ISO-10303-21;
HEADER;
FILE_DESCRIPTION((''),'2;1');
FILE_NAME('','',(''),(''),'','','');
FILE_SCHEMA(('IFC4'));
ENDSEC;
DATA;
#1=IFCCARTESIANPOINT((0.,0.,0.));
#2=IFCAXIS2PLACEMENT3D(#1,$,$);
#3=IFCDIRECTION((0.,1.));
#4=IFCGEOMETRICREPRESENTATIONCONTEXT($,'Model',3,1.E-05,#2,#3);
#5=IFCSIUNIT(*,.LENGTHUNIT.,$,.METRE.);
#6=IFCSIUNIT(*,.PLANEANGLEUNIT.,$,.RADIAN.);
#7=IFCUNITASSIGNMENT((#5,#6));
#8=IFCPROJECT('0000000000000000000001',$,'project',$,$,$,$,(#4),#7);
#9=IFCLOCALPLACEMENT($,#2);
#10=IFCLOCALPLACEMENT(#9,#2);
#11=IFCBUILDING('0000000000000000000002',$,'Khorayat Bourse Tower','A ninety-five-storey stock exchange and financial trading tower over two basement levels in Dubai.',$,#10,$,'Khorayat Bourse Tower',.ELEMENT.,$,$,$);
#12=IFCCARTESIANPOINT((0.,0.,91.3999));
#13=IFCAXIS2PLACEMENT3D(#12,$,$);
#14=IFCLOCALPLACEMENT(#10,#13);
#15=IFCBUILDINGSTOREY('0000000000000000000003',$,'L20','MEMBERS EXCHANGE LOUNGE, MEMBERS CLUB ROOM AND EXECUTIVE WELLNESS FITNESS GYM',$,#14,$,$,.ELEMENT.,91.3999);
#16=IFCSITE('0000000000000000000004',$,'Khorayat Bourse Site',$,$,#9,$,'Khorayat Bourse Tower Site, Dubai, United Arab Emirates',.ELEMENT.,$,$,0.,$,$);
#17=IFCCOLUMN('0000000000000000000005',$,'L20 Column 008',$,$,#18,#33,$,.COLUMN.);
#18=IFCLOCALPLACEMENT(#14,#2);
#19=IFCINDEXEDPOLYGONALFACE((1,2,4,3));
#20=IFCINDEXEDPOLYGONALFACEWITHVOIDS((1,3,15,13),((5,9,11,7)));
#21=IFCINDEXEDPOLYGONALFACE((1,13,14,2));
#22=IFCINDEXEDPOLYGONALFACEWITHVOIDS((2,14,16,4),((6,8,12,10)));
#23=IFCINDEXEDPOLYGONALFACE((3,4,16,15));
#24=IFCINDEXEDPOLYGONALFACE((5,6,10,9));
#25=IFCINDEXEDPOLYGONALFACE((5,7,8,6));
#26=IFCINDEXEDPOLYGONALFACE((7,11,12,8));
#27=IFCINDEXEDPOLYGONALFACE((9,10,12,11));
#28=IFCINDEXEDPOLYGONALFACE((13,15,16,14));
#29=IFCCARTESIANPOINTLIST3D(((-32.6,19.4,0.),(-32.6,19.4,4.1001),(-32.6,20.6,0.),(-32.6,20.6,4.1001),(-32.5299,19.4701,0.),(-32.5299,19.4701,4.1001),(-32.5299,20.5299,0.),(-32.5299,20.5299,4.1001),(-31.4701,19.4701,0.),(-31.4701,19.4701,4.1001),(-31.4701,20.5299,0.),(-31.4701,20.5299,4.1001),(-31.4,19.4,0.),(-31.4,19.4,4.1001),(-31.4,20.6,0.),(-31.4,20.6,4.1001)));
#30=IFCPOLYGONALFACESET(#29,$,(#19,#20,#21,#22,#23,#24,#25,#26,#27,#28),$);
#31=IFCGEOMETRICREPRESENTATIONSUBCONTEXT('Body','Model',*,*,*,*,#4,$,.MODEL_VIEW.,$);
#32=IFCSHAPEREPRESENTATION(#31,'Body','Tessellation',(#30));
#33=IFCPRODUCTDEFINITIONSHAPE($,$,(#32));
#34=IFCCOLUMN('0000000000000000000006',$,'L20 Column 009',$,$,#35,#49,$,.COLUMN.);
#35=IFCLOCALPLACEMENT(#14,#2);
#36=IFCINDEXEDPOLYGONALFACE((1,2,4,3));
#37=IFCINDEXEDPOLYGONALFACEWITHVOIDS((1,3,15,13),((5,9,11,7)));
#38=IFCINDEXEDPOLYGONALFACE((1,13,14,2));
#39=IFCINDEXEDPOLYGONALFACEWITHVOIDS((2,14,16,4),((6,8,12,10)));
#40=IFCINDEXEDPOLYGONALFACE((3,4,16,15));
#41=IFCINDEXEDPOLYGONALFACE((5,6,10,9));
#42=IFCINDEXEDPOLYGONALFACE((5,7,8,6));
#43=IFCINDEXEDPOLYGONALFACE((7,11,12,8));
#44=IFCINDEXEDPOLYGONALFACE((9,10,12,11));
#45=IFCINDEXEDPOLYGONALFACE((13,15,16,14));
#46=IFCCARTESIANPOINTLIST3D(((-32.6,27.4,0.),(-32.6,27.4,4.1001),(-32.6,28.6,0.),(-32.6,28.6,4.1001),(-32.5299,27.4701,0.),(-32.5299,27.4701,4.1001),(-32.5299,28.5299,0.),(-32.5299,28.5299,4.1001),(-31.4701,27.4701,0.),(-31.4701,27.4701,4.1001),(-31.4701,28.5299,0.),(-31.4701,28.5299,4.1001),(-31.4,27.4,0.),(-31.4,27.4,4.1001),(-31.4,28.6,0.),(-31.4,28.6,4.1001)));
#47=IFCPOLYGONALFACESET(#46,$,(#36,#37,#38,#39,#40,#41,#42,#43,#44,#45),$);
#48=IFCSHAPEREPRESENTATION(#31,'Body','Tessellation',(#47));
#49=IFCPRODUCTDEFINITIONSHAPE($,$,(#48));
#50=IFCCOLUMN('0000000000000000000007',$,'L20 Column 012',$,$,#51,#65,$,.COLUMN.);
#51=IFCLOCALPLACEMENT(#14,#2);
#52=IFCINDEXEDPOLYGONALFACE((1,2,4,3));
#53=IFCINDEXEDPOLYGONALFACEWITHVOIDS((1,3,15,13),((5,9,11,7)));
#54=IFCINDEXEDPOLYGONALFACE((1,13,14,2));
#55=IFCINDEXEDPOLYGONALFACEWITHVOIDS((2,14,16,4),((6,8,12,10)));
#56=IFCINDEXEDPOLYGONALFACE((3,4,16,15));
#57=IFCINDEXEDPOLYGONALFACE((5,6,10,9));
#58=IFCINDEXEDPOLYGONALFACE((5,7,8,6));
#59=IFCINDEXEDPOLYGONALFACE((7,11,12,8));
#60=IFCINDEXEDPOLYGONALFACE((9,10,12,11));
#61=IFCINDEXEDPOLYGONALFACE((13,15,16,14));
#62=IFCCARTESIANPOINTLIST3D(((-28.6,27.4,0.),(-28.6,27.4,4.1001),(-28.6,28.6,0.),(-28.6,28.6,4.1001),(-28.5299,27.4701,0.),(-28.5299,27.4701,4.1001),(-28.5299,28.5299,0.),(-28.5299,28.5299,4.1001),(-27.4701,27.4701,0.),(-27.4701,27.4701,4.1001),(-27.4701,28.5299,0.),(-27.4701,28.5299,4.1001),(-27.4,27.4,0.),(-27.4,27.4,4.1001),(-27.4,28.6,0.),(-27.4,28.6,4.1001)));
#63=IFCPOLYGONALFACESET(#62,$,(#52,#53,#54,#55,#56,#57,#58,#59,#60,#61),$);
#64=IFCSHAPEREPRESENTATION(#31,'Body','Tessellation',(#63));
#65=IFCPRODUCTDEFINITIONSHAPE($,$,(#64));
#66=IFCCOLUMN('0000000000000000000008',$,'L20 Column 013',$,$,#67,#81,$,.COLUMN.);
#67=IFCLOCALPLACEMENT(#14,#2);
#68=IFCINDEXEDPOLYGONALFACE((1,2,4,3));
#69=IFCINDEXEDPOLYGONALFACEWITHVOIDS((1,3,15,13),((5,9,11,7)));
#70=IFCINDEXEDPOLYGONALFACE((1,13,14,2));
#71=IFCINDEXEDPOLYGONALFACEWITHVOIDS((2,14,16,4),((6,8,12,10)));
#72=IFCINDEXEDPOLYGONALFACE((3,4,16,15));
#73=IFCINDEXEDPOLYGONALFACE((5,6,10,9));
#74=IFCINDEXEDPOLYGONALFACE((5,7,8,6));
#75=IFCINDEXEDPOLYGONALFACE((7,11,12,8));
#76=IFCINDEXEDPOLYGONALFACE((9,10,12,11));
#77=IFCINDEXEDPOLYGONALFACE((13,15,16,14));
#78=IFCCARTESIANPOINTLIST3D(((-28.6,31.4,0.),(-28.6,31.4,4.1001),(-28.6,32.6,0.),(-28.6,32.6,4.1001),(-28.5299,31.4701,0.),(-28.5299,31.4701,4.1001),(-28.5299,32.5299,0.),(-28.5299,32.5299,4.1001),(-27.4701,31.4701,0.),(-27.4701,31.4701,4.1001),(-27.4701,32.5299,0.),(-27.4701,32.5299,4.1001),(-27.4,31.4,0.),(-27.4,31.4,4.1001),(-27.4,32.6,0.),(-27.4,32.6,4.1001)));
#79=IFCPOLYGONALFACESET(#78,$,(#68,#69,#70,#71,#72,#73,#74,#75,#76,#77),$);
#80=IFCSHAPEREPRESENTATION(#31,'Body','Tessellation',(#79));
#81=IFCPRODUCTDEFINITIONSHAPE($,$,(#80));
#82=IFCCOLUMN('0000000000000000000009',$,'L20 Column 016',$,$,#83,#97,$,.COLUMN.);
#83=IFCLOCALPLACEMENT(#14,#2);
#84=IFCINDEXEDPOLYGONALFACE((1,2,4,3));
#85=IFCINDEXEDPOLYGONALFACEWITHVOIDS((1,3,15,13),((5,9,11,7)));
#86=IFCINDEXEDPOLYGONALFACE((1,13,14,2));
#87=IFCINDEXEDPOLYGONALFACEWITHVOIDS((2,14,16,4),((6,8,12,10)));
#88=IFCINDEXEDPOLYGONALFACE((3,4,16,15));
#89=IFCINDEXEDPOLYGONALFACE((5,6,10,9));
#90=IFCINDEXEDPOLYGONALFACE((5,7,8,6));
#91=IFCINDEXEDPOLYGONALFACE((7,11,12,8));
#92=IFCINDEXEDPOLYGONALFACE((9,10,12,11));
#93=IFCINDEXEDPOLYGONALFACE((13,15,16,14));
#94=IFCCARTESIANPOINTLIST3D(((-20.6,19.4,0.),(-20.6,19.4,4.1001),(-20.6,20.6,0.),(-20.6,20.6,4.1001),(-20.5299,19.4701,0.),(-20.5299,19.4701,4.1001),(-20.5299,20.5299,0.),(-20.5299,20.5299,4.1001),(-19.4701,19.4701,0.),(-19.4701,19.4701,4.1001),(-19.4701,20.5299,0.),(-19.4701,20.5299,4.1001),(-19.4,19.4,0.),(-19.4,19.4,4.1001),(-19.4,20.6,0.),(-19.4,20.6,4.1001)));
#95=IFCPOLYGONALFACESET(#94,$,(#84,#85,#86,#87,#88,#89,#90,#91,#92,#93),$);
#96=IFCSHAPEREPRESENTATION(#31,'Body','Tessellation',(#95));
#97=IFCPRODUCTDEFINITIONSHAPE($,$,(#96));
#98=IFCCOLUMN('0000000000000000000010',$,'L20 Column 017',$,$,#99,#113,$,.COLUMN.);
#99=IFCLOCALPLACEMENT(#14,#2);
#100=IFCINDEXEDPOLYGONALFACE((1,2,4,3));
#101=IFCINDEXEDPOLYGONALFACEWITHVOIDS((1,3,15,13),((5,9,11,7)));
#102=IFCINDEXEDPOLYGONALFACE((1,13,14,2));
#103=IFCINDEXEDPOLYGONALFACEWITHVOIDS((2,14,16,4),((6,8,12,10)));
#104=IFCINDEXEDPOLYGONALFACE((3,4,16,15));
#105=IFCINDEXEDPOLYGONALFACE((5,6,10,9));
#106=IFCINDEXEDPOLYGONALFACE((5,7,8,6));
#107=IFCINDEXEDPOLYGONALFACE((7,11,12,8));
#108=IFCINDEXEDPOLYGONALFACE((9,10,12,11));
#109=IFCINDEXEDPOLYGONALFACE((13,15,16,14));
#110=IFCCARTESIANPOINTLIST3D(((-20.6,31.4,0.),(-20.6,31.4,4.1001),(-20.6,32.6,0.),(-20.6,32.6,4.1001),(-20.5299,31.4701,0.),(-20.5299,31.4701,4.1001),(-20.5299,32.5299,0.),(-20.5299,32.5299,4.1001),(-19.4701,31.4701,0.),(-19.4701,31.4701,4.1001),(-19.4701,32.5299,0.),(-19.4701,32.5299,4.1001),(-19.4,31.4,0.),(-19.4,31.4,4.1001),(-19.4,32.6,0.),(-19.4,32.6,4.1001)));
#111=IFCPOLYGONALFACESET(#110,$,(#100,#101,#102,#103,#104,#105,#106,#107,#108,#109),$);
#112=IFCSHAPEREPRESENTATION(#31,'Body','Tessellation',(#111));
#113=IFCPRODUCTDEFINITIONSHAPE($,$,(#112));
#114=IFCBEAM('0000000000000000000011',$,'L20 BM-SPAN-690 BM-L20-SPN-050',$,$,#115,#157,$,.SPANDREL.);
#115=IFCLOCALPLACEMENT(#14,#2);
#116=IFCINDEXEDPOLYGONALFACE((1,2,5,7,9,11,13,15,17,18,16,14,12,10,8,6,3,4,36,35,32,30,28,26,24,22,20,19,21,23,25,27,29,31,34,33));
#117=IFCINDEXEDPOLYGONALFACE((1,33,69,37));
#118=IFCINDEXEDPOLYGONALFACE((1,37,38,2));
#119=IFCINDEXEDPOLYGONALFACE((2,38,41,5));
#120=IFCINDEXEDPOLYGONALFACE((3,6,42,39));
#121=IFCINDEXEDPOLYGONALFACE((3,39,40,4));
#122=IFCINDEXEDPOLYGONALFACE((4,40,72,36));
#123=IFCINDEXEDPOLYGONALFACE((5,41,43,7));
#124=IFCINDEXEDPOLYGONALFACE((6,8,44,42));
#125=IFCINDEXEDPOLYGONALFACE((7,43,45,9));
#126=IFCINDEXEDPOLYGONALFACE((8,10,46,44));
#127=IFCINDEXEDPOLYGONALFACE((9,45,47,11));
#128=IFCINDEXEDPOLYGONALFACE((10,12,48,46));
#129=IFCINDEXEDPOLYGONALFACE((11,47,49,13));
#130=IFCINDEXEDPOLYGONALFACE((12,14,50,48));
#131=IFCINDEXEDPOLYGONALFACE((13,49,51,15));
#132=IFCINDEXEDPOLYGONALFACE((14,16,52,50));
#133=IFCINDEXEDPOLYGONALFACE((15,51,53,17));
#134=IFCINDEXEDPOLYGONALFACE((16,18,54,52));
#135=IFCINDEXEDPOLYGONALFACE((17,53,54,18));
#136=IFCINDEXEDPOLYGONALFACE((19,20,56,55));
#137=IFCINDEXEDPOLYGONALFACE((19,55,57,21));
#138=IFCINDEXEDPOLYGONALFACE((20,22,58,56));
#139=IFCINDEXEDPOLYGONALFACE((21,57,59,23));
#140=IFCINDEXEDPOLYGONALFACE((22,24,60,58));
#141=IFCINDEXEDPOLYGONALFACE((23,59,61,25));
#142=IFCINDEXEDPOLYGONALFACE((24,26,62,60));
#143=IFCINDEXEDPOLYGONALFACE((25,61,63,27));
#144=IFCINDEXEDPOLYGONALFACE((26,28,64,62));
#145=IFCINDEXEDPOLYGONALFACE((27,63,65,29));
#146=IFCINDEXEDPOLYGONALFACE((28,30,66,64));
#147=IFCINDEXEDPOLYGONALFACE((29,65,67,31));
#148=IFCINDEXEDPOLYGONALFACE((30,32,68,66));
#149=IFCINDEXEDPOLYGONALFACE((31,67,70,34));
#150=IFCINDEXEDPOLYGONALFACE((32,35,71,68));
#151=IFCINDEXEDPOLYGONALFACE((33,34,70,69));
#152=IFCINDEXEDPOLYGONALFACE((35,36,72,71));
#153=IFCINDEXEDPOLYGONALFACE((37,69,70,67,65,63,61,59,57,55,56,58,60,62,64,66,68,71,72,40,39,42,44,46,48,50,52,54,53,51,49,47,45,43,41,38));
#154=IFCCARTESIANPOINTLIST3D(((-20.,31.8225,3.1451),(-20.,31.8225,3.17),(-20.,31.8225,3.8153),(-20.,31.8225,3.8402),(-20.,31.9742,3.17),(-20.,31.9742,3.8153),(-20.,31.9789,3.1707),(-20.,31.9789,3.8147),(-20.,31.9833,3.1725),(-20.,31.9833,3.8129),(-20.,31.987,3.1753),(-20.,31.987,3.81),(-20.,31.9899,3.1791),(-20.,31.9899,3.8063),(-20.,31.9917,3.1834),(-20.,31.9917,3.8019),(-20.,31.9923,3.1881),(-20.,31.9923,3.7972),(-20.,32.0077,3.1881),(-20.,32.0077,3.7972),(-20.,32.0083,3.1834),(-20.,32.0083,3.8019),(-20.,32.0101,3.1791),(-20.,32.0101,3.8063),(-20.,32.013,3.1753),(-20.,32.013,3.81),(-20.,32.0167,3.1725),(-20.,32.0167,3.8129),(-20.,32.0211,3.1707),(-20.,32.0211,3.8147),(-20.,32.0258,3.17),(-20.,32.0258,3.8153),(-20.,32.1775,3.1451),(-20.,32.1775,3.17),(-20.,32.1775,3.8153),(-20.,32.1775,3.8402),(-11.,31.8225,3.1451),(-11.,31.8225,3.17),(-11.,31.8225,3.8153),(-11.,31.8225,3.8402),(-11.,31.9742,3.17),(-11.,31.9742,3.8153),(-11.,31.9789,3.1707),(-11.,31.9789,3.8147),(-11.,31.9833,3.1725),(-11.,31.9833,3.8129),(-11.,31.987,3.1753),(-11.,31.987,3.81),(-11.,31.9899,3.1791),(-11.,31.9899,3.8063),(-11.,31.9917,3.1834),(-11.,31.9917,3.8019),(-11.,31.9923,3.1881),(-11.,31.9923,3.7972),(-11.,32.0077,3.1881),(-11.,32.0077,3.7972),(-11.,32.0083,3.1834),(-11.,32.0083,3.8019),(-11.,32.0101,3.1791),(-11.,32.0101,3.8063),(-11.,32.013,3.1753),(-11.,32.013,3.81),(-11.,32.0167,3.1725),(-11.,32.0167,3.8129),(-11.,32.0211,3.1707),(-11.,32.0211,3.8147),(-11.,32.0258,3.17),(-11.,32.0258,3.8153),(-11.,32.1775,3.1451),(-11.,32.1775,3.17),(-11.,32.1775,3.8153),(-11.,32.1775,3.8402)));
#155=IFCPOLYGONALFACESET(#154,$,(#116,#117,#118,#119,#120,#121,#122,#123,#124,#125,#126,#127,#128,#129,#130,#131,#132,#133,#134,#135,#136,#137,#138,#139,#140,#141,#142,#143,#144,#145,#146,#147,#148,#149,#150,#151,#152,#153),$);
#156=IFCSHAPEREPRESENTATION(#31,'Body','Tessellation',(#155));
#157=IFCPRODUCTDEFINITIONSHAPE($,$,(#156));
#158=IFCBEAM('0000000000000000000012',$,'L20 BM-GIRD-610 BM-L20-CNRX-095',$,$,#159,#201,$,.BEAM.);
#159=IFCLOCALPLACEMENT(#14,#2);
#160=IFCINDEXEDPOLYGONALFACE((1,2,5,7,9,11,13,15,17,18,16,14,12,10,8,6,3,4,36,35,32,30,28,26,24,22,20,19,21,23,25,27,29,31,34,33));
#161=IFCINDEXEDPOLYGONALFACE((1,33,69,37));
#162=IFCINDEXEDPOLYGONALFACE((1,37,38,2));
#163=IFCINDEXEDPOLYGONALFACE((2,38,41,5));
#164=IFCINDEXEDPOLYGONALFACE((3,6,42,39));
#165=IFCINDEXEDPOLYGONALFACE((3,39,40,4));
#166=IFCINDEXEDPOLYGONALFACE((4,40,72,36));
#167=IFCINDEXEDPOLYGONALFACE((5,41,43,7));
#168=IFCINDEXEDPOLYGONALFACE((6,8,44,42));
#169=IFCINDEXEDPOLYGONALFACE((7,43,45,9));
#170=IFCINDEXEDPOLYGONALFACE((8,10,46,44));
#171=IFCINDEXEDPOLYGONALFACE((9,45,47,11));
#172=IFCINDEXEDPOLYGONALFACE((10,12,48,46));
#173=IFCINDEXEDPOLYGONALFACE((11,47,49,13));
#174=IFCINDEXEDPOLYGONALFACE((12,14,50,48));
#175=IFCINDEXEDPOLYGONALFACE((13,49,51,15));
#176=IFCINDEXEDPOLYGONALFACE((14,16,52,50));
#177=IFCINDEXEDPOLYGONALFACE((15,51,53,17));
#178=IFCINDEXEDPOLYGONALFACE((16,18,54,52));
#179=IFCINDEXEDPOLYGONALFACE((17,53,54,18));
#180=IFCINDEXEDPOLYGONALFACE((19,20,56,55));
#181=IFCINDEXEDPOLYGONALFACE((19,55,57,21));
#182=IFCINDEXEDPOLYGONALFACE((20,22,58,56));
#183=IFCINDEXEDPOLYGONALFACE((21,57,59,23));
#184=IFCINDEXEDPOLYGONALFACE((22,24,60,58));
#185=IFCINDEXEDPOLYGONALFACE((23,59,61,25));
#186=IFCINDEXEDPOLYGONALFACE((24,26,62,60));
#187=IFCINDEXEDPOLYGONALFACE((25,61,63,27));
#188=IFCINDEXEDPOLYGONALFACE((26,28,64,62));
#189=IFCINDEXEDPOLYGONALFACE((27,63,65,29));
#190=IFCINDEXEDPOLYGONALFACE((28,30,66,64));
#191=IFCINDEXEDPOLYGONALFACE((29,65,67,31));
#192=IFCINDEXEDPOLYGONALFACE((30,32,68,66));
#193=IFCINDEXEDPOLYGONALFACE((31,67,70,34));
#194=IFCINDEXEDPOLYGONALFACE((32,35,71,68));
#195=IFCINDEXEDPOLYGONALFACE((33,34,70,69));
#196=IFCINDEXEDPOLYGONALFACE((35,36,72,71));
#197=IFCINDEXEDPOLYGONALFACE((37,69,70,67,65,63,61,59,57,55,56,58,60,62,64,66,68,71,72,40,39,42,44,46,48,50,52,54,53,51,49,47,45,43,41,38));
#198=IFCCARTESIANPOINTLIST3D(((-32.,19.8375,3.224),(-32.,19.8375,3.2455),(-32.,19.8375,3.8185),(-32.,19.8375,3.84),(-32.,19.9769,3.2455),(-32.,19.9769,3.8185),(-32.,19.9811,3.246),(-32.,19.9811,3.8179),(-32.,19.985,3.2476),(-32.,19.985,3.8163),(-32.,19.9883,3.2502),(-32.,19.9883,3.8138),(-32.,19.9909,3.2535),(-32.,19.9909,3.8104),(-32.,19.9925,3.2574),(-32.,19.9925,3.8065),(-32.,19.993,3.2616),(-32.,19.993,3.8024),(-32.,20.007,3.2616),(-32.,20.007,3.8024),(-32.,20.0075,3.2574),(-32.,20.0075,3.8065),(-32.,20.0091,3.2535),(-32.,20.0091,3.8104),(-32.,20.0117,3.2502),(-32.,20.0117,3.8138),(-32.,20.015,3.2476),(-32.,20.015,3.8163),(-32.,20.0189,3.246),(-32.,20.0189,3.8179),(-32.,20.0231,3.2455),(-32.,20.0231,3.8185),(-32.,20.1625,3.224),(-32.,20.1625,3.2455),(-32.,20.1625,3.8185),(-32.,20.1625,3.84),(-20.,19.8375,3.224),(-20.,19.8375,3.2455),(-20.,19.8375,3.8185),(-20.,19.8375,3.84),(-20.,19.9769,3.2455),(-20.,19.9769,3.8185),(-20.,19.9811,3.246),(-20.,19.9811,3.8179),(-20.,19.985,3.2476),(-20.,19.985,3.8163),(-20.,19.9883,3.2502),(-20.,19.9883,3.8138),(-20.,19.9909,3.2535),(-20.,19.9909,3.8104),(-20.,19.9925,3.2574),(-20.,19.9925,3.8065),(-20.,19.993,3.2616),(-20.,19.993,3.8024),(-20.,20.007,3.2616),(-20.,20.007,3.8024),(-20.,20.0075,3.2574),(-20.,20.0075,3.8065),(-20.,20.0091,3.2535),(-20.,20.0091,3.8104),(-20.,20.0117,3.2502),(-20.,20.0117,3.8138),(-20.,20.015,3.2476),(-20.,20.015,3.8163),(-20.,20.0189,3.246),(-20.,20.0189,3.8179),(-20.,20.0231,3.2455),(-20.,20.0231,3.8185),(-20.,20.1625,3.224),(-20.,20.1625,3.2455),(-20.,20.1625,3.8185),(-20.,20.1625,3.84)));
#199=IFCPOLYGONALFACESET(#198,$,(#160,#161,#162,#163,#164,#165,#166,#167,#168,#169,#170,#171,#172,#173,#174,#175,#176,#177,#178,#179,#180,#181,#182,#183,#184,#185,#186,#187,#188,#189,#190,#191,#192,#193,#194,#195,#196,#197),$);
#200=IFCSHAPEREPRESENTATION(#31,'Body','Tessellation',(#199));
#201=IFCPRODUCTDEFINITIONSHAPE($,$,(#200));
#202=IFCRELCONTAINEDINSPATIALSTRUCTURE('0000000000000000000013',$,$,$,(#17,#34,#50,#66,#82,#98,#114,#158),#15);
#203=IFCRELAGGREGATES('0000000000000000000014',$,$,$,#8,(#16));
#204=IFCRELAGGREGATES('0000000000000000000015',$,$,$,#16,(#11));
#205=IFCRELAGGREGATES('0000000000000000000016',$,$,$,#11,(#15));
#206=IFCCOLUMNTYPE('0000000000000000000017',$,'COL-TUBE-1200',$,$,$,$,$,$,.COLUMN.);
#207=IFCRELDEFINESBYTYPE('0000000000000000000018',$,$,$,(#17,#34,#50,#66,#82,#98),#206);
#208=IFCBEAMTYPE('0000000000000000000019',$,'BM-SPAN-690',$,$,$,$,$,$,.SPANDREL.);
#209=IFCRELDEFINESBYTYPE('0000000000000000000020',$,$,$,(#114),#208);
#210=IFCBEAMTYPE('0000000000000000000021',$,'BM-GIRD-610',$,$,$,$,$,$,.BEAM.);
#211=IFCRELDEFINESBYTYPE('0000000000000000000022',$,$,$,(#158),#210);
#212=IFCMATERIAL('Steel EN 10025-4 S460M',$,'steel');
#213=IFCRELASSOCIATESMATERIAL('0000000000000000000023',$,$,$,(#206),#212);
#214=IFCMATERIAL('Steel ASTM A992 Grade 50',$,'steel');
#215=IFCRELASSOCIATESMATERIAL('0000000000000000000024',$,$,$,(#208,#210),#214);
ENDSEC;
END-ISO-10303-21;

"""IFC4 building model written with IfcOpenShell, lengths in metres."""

from ifc_helpers import new_model, si_unit, direction, frame, origin, origin_2d, place, context, subcontext, project, spatial, hollow_rectangle, i_section, extrude, source, transform, mapped, material, material_profile, profile_set, type_object, element, save


model = new_model("IFC4")

# Units and contexts
model_context = context("Model", 3, precision=1e-05, world=origin(), true_north=direction((0.0, 1.0)))
body_context = subcontext(model_context, "Body", "Model", "MODEL_VIEW")
ifc_project = project(units=[si_unit("LENGTHUNIT", "METRE"), si_unit("PLANEANGLEUNIT", "RADIAN")], contexts=[model_context])

# Site, building, storey
site_placement = place(None, origin())
site = spatial("IfcSite", under=ifc_project, at=site_placement, Name="Khorayat Bourse Site", LongName="Khorayat Bourse Tower Site, Dubai, United Arab Emirates", CompositionType="ELEMENT", RefElevation=0.0)
building_placement = place(site_placement, origin())
building = spatial("IfcBuilding", under=site, at=building_placement, Name="Khorayat Bourse Tower", Description="A ninety-five-storey stock exchange and financial trading tower over two basement levels in Dubai.", LongName="Khorayat Bourse Tower", CompositionType="ELEMENT")
storey_placement = place(building_placement, frame((0.0, 0.0, 91.3999)))
storey = spatial("IfcBuildingStorey", under=building, at=storey_placement, Name="L20", Description="MEMBERS EXCHANGE LOUNGE, MEMBERS CLUB ROOM AND EXECUTIVE WELLNESS FITNESS GYM", CompositionType="ELEMENT", Elevation=91.3999)

# Columns
ifc_material_1 = material(Name="Steel EN 10025-4 S460M", Category="steel")
ifc_material_profile_1 = material_profile(ifc_material_1, hollow_rectangle(XDim=1.2, YDim=1.2, WallThickness=0.0701, at=origin_2d()), Name="BOX 1200x1200x70")
ifc_profile_set_1 = profile_set([ifc_material_profile_1], Name="Steel EN 10025-4 S460M")
column_type = type_object("IfcColumnType", Name="COL-TUBE-1200", PredefinedType="COLUMN", material=ifc_profile_set_1)
shared_shape_1 = source(origin(), body_context, "Body", "SweptSolid", [
    extrude(hollow_rectangle(XDim=1.2, YDim=1.2, WallThickness=0.0701, at=origin_2d()), origin(), (0.0, 0.0, 1.0), 4.1001),
])
for number, where, z_axis, x_axis, name in (
    (1, (-32.0, 20.0, 0.0), (0.0, 0.0, 1.0), (1.0, 0.0, 0.0), "L20 Column 008"),
    (2, (-32.0, 28.0, 0.0), (0.0, 0.0, 1.0), (1.0, 0.0, 0.0), "L20 Column 009"),
    (3, (-28.0, 28.0, 0.0), (0.0, 0.0, 1.0), (1.0, 0.0, 0.0), "L20 Column 012"),
    (4, (-28.0, 32.0, 0.0), (0.0, 0.0, 1.0), (1.0, 0.0, 0.0), "L20 Column 013"),
    (5, (-20.0, 20.0, 0.0), (0.0, 0.0, 1.0), (1.0, 0.0, 0.0), "L20 Column 016"),
    (6, (-20.0, 32.0, 0.0), (0.0, 0.0, 1.0), (1.0, 0.0, 0.0), "L20 Column 017"),
):
    element("IfcColumn", number, at=place(storey_placement, frame(where, z_axis=z_axis, x_axis=x_axis)), inside=storey, type_object=column_type, Name=name, PredefinedType="COLUMN", context=body_context, shape_type="MappedRepresentation", body=[
        mapped(shared_shape_1, transform((0.0, 0.0, 0.0), scale=1.0)),
    ])

# Beams
ifc_material_2 = material(Name="Steel ASTM A992 Grade 50", Category="steel")
ifc_material_profile_2 = material_profile(ifc_material_2, i_section(OverallWidth=0.355, OverallDepth=0.6951, WebThickness=0.0154, FlangeThickness=0.0249, FilletRadius=0.0181, at=origin_2d()), Name="W690X217")
ifc_profile_set_2 = profile_set([ifc_material_profile_2], Name="Steel ASTM A992 Grade 50")
beam_type_1 = type_object("IfcBeamType", Name="BM-SPAN-690", PredefinedType="SPANDREL", material=ifc_profile_set_2)
shared_shape_2 = source(origin(), body_context, "Body", "SweptSolid", [
    extrude(i_section(OverallWidth=0.355, OverallDepth=0.6951, WebThickness=0.0154, FlangeThickness=0.0249, FilletRadius=0.0181, at=origin_2d()), origin(), (0.0, 0.0, 1.0), 9.0),
])
beam_1_placement = place(storey_placement, frame((-20.0, 32.0, 3.4927), z_axis=(1.0, 0.0, 0.0), x_axis=(0.0, 1.0, 0.0)))
element("IfcBeam", 7, at=beam_1_placement, inside=storey, type_object=beam_type_1, Name="L20 BM-SPAN-690 BM-L20-SPN-050", PredefinedType="SPANDREL", context=body_context, shape_type="MappedRepresentation", body=[
    mapped(shared_shape_2, transform((0.0, 0.0, 0.0), scale=1.0)),
])
ifc_material_profile_3 = material_profile(ifc_material_2, i_section(OverallWidth=0.325, OverallDepth=0.616, WebThickness=0.0139, FlangeThickness=0.0215, FilletRadius=0.0161, at=origin_2d()), Name="W610X174")
ifc_profile_set_3 = profile_set([ifc_material_profile_3], Name="Steel ASTM A992 Grade 50")
beam_type_2 = type_object("IfcBeamType", Name="BM-GIRD-610", PredefinedType="BEAM", material=ifc_profile_set_3)
shared_shape_3 = source(origin(), body_context, "Body", "SweptSolid", [
    extrude(i_section(OverallWidth=0.325, OverallDepth=0.616, WebThickness=0.0139, FlangeThickness=0.0215, FilletRadius=0.0161, at=origin_2d()), origin(), (0.0, 0.0, 1.0), 12.0),
])
beam_2_placement = place(storey_placement, frame((-32.0, 20.0, 3.532), z_axis=(1.0, 0.0, 0.0), x_axis=(0.0, 1.0, 0.0)))
element("IfcBeam", 8, at=beam_2_placement, inside=storey, type_object=beam_type_2, Name="L20 BM-GIRD-610 BM-L20-CNRX-095", PredefinedType="BEAM", context=body_context, shape_type="MappedRepresentation", body=[
    mapped(shared_shape_3, transform((0.0, 0.0, 0.0), scale=1.0)),
])

save(model, "model.ifc")
